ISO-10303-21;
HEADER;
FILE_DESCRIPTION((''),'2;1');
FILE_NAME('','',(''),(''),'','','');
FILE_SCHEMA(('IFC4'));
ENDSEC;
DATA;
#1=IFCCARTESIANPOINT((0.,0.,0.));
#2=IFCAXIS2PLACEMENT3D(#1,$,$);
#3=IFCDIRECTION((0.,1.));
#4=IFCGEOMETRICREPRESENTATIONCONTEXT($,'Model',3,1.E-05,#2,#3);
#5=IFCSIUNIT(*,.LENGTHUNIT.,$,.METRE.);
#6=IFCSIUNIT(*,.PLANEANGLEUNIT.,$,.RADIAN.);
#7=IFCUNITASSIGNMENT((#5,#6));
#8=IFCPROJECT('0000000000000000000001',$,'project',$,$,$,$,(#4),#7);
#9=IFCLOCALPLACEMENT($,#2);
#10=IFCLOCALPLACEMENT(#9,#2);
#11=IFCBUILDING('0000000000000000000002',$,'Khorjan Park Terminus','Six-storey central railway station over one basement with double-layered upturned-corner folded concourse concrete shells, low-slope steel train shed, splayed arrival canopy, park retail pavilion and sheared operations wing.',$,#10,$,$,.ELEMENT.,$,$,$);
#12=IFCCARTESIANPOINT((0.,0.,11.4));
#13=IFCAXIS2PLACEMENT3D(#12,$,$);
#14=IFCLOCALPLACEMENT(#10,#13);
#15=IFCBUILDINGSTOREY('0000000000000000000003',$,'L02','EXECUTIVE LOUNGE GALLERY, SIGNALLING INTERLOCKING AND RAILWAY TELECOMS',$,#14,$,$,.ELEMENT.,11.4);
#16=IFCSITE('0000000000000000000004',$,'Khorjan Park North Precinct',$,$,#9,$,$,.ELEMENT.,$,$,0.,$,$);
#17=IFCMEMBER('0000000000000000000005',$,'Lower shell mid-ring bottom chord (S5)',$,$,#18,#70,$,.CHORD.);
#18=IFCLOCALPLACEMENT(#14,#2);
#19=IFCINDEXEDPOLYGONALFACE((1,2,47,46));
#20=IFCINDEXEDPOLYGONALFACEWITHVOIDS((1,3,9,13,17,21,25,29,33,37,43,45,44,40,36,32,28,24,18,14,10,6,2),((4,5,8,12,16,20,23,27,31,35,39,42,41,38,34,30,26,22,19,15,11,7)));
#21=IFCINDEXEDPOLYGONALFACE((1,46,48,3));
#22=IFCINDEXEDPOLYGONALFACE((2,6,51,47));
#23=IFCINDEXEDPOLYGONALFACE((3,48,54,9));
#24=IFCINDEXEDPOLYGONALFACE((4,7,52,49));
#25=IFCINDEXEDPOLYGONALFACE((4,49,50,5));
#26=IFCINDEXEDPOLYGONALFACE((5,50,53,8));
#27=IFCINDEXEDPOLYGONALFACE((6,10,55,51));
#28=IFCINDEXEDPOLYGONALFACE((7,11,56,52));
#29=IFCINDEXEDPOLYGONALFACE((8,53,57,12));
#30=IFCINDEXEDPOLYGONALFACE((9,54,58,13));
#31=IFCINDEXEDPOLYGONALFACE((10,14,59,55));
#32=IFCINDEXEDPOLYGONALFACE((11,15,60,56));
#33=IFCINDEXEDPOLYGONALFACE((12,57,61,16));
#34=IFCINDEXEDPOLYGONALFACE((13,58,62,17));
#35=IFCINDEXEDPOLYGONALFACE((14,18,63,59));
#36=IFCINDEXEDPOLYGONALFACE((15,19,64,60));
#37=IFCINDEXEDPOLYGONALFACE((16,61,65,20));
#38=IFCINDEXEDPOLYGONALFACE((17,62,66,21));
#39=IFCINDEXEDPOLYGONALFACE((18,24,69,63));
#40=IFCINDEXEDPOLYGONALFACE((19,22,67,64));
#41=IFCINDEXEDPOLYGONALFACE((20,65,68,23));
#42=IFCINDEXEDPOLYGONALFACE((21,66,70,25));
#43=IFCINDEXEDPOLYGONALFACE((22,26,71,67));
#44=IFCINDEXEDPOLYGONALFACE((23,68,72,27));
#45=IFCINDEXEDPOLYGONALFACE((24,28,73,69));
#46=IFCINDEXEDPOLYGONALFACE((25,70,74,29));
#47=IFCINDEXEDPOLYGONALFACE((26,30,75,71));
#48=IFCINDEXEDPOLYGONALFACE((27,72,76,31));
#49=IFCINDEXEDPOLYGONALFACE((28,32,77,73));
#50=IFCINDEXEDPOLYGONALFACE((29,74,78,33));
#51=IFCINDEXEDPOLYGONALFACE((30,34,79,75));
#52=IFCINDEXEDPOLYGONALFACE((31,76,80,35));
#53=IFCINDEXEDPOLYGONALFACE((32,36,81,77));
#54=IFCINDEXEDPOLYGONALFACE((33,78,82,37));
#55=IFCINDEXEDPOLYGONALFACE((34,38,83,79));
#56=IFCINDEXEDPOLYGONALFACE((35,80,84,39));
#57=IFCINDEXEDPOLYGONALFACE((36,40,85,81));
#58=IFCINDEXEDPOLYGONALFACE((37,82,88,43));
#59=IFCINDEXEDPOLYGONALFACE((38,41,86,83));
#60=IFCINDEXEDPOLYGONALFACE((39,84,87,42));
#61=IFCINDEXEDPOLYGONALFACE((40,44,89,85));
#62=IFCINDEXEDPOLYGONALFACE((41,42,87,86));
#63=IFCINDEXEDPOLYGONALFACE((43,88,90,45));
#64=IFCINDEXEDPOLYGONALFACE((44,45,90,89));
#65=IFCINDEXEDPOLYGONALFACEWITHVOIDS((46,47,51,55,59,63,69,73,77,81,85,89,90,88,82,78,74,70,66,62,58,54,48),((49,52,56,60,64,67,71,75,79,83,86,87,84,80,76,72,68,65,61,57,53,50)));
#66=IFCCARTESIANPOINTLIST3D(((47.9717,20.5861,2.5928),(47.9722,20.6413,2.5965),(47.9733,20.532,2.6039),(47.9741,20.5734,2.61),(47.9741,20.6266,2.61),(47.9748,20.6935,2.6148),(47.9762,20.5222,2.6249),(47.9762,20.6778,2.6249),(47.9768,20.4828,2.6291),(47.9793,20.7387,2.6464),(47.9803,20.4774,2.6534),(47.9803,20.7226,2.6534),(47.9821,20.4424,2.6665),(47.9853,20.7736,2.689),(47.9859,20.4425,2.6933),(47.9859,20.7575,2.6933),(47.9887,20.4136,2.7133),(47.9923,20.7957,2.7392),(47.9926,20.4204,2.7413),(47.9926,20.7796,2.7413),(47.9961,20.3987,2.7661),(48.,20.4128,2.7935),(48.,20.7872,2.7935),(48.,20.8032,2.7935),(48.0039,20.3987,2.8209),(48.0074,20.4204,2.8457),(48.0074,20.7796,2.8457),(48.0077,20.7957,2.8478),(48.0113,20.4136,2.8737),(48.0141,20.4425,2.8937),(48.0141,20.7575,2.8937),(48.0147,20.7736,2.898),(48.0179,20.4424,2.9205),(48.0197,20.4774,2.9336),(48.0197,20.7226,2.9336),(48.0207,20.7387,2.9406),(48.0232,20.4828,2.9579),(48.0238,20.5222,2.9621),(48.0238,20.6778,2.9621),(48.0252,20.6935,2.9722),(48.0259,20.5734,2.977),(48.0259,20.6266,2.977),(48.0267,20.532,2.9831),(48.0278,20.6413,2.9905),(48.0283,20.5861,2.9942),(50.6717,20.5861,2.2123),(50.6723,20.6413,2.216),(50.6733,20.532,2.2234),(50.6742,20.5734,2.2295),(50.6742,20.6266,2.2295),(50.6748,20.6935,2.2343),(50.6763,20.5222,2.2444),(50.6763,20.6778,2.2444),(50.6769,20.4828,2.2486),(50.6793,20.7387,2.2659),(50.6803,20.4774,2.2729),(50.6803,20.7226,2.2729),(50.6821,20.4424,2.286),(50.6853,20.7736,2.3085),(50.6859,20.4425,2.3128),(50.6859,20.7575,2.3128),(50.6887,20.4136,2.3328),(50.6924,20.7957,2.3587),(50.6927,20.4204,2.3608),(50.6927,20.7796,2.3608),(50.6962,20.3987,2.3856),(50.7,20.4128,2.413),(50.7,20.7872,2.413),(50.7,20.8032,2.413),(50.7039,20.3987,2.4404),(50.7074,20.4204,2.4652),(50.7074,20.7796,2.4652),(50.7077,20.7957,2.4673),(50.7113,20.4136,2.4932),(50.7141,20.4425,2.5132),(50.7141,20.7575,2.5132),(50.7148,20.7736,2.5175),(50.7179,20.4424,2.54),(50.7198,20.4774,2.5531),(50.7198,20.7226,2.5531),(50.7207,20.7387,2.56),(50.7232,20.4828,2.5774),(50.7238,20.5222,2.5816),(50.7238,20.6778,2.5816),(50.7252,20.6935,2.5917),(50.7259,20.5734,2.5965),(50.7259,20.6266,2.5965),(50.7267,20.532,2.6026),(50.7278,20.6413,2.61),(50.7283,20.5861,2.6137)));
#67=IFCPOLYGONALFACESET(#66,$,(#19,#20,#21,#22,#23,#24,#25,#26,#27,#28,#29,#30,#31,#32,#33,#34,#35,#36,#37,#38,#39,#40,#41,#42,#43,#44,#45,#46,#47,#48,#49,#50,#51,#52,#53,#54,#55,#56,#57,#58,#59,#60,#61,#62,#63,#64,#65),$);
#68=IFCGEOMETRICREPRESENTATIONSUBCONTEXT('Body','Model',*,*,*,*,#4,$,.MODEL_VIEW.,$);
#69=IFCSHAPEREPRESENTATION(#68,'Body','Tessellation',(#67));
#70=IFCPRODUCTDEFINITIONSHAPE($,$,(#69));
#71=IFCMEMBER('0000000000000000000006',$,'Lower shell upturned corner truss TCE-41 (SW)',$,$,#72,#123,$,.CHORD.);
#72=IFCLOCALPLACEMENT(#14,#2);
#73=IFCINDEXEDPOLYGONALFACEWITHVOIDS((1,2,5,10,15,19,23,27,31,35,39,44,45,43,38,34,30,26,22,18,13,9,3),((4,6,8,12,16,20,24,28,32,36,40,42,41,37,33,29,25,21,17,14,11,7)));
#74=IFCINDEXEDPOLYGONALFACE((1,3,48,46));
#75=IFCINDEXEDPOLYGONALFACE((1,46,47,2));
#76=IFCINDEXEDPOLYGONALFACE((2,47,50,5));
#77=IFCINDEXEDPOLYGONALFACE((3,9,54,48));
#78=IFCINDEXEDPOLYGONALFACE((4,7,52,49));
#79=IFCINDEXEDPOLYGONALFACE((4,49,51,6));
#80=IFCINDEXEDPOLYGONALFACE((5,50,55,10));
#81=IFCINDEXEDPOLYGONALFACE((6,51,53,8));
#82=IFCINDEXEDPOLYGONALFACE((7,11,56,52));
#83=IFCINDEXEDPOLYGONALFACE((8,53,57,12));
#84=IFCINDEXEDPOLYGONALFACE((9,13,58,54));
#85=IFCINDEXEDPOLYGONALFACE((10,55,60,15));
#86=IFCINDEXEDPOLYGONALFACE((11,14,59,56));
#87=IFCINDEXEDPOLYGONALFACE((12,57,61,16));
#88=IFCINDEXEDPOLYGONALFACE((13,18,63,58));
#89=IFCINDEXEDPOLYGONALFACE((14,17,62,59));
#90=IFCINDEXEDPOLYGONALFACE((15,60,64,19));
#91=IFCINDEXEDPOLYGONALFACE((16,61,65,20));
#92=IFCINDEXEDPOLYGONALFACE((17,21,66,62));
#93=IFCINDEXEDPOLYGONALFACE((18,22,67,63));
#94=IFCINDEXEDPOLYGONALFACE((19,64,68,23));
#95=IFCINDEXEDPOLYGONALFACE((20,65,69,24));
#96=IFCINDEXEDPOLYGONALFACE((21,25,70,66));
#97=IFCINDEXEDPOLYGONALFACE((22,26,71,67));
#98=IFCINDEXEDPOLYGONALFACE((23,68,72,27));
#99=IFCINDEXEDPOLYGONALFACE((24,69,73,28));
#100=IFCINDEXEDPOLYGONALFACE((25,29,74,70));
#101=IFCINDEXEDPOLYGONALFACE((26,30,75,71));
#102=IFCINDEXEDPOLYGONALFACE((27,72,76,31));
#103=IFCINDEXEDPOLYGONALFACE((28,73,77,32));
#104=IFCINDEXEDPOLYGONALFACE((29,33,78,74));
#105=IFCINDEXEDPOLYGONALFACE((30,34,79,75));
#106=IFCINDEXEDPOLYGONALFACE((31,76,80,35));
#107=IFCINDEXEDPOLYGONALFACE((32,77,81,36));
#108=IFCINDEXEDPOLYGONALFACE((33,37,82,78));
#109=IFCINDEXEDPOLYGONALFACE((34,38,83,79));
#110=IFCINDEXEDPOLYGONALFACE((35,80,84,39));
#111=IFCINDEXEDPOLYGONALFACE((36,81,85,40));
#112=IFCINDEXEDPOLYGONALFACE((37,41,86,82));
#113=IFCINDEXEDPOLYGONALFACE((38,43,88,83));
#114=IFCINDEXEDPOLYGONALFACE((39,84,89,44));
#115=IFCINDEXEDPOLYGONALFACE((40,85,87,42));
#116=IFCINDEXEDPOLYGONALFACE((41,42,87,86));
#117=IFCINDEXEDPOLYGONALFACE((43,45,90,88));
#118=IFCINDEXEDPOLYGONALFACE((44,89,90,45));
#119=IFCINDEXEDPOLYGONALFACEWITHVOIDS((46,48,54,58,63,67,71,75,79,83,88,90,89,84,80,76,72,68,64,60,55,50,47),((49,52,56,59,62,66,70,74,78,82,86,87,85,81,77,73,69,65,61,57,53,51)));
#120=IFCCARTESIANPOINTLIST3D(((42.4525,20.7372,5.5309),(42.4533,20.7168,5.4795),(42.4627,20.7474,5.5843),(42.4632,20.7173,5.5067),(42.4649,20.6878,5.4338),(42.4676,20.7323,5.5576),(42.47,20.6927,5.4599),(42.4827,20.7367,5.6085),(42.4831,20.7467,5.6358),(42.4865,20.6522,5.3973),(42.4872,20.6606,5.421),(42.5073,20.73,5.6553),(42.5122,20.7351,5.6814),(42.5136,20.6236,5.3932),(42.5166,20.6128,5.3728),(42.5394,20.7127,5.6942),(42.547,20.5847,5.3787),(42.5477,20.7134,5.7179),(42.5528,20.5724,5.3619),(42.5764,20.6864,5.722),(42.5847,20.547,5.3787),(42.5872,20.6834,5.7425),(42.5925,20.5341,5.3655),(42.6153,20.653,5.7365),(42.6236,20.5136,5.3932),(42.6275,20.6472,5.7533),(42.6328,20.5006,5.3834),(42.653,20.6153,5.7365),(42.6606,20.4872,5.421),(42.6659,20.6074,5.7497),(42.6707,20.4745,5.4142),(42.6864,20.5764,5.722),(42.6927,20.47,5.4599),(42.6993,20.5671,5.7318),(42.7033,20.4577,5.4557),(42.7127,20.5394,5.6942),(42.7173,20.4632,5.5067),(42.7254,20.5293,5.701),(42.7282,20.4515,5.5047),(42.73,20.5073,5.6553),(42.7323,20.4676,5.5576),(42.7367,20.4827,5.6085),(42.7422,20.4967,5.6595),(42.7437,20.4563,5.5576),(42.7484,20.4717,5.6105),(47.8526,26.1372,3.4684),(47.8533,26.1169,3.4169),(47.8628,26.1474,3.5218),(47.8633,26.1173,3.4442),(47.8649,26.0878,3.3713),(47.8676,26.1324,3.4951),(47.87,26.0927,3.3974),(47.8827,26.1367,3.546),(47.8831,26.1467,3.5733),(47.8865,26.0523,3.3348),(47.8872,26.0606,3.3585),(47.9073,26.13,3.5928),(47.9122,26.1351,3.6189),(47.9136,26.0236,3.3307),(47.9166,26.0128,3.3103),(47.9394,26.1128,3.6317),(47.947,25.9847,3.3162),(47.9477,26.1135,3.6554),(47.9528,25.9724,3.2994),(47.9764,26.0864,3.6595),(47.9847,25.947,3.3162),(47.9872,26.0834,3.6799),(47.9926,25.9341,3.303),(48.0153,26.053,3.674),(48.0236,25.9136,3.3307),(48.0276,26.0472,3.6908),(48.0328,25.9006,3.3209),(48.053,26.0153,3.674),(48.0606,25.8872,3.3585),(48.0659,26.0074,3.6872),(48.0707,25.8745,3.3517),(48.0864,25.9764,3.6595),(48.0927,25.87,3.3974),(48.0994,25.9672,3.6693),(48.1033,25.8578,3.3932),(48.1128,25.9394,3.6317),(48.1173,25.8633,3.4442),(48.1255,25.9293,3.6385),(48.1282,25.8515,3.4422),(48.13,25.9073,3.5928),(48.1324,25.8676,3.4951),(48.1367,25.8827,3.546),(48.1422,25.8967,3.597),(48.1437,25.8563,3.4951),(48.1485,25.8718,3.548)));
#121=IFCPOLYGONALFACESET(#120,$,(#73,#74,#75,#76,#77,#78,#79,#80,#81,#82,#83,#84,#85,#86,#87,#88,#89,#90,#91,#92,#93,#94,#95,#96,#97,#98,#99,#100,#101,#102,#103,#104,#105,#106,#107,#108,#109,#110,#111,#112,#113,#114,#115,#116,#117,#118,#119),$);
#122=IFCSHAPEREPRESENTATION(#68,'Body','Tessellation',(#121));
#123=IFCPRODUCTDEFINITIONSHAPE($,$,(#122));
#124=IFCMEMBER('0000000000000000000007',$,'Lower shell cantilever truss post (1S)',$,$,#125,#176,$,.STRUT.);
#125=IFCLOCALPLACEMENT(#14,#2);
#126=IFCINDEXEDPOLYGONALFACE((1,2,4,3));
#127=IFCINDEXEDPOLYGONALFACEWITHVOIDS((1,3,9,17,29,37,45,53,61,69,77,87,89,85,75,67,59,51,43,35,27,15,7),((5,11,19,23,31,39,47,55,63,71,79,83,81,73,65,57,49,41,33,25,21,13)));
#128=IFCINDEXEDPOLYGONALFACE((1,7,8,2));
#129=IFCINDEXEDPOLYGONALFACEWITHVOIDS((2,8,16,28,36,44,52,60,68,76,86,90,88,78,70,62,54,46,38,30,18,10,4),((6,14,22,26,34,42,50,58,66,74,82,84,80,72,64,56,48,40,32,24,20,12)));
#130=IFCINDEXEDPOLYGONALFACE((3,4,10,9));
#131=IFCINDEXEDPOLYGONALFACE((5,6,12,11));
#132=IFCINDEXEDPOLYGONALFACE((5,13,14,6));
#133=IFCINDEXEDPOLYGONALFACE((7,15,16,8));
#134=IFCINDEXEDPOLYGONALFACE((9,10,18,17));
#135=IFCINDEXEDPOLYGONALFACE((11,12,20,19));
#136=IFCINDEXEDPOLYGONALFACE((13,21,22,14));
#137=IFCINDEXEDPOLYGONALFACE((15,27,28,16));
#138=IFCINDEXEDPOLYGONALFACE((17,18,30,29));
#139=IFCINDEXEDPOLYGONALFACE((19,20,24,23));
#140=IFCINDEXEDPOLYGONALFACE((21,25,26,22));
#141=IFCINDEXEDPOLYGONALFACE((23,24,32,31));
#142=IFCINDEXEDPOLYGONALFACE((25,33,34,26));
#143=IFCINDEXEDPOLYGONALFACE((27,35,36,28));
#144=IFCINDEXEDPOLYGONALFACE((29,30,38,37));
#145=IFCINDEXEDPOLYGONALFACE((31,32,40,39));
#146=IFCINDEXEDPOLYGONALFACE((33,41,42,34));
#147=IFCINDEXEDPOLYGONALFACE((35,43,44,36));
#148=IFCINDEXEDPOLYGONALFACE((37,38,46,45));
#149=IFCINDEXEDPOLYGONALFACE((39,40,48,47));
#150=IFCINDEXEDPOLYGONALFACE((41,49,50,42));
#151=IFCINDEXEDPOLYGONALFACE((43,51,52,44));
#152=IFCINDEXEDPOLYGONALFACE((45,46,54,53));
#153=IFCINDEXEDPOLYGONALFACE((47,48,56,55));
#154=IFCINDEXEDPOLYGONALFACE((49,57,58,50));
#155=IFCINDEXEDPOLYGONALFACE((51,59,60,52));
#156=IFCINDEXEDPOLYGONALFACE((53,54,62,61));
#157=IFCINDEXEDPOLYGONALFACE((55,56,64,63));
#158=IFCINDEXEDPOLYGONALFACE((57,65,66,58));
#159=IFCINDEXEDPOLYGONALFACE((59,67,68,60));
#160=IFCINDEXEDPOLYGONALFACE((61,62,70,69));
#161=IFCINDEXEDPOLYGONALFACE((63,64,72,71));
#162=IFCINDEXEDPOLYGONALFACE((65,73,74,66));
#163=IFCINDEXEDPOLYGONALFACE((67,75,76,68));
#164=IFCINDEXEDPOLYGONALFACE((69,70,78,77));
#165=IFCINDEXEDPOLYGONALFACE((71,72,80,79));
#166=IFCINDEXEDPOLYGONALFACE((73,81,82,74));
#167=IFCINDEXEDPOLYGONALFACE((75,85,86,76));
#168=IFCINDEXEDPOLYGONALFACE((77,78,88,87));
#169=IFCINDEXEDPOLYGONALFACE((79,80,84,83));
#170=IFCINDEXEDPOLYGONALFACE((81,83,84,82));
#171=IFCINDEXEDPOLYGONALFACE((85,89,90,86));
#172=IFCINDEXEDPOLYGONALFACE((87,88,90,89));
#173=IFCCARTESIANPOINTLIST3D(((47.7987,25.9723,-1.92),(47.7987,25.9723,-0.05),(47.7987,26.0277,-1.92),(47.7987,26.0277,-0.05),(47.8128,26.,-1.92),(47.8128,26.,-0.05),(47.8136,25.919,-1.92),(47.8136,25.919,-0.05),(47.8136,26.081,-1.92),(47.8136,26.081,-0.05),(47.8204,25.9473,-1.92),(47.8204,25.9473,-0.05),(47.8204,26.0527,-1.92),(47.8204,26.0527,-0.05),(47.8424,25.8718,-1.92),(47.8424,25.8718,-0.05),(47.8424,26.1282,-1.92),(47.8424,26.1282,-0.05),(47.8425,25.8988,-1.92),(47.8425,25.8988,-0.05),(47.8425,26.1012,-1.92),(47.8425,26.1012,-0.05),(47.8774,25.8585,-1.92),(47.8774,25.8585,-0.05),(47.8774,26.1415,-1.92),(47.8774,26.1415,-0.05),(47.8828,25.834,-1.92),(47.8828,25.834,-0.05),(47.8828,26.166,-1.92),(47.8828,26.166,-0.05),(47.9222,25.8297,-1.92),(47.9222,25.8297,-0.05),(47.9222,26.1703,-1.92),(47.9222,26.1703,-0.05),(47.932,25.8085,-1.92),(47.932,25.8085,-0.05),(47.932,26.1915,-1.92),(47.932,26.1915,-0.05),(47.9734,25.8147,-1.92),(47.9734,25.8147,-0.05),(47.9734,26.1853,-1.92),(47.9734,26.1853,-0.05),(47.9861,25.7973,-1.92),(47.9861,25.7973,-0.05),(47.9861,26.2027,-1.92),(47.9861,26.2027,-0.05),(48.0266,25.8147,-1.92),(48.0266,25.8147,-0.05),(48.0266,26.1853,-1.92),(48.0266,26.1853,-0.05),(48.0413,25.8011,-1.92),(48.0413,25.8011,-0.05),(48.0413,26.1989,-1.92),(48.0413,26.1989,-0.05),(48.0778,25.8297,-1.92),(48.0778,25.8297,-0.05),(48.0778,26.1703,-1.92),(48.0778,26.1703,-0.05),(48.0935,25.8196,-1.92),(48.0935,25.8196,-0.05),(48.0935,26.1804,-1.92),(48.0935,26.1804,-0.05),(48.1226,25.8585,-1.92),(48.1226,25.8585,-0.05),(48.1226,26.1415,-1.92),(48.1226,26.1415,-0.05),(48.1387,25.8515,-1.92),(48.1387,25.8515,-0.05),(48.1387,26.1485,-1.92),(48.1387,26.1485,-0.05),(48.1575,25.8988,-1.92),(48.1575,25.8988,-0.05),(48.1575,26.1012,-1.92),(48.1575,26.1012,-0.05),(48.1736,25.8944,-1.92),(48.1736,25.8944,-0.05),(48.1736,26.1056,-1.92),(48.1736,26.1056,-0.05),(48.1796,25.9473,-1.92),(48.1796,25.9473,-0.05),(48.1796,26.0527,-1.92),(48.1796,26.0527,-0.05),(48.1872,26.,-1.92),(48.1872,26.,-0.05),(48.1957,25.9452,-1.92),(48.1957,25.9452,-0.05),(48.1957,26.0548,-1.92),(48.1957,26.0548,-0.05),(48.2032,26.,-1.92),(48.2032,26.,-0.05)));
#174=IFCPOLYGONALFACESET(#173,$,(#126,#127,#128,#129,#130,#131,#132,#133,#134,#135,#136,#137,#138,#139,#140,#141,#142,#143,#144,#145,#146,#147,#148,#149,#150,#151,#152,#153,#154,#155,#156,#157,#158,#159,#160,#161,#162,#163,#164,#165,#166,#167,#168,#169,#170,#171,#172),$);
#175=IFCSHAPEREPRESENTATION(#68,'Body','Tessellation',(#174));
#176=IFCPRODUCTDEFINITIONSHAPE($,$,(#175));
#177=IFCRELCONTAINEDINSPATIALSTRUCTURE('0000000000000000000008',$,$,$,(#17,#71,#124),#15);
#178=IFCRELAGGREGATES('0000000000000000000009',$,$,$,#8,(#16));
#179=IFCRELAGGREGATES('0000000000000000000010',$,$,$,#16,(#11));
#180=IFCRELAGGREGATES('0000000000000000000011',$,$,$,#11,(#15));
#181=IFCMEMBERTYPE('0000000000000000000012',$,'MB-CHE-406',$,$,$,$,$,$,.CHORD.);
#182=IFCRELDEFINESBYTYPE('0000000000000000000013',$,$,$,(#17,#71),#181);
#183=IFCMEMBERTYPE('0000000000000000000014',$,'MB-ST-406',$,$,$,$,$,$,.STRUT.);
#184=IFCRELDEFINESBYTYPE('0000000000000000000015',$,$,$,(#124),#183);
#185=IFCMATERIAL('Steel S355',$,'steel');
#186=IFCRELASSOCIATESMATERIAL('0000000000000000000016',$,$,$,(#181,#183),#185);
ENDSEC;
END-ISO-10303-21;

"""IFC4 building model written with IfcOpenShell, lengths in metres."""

from ifc_helpers import new_model, si_unit, direction, frame, origin, origin_2d, place, context, subcontext, project, spatial, hollow_circle, extrude, material, material_profile, profile_set, type_object, element, save


model = new_model("IFC4")

# Units and contexts
model_context = context("Model", 3, precision=1e-05, world=origin(), true_north=direction((0.0, 1.0)))
body_context = subcontext(model_context, "Body", "Model", "MODEL_VIEW")
ifc_project = project(units=[si_unit("LENGTHUNIT", "METRE"), si_unit("PLANEANGLEUNIT", "RADIAN")], contexts=[model_context])

# Site, building, storey
site_placement = place(None, origin())
site = spatial("IfcSite", under=ifc_project, at=site_placement, Name="Khorjan Park North Precinct", CompositionType="ELEMENT", RefElevation=0.0)
building_placement = place(site_placement, origin())
building = spatial("IfcBuilding", under=site, at=building_placement, Name="Khorjan Park Terminus", Description="Six-storey central railway station over one basement with double-layered upturned-corner folded concourse concrete shells, low-slope steel train shed, splayed arrival canopy, park retail pavilion and sheared operations wing.", CompositionType="ELEMENT")
storey_placement = place(building_placement, frame((0.0, 0.0, 11.4)))
storey = spatial("IfcBuildingStorey", under=building, at=storey_placement, Name="L02", Description="EXECUTIVE LOUNGE GALLERY, SIGNALLING INTERLOCKING AND RAILWAY TELECOMS", CompositionType="ELEMENT", Elevation=11.4)

# Members
ifc_material_1 = material(Name="Steel S355", Category="steel")
ifc_material_profile_1 = material_profile(ifc_material_1, hollow_circle(Radius=0.2032, WallThickness=0.016, at=origin_2d()), Name="CHS 406.4x16")
ifc_profile_set_1 = profile_set([ifc_material_profile_1], Name="Steel S355")
member_type_1 = type_object("IfcMemberType", Name="MB-CHE-406", PredefinedType="CHORD", material=ifc_profile_set_1)
for number, where, z_axis, x_axis, name in (
    (1, (48.0, 20.6, 2.7935), (0.990215, 0.0, -0.139547), (0.0, 1.0, 0.0), "Lower shell mid-ring bottom chord (S5)"),
):
    element("IfcMember", number, at=place(storey_placement, frame(where, z_axis=z_axis, x_axis=x_axis)), inside=storey, type_object=member_type_1, Name=name, PredefinedType="CHORD", context=body_context, shape_type="SweptSolid", body=[
        extrude(hollow_circle(Radius=0.2032, WallThickness=0.016, at=origin_2d()), origin(), (0.0, 0.0, 1.0), 2.7267),
    ])
member_1_placement = place(storey_placement, frame((48.0, 26.0, 3.4951), z_axis=(-0.682648, -0.682648, 0.260734), x_axis=(0.707107, -0.707107, 0.0)))
element("IfcMember", 2, at=member_1_placement, inside=storey, type_object=member_type_1, Name="Lower shell upturned corner truss TCE-41 (SW)", PredefinedType="CHORD", context=body_context, shape_type="SweptSolid", body=[
    extrude(hollow_circle(Radius=0.2032, WallThickness=0.016, at=origin_2d()), origin(), (0.0, 0.0, 1.0), 7.9104),
])
ifc_material_profile_2 = material_profile(ifc_material_1, hollow_circle(Radius=0.2032, WallThickness=0.016, at=origin_2d()), Name="CHS 406.4x16")
ifc_profile_set_2 = profile_set([ifc_material_profile_2], Name="Steel S355")
member_type_2 = type_object("IfcMemberType", Name="MB-ST-406", PredefinedType="STRUT", material=ifc_profile_set_2)
member_2_placement = place(storey_placement, frame((48.0, 26.0, -1.92), z_axis=(0.0, 0.0, 1.0), x_axis=(1.0, 0.0, 0.0)))
element("IfcMember", 3, at=member_2_placement, inside=storey, type_object=member_type_2, Name="Lower shell cantilever truss post (1S)", PredefinedType="STRUT", context=body_context, shape_type="SweptSolid", body=[
    extrude(hollow_circle(Radius=0.2032, WallThickness=0.016, at=origin_2d()), origin(), (0.0, 0.0, 1.0), 1.87),
])

save(model, "model.ifc")
